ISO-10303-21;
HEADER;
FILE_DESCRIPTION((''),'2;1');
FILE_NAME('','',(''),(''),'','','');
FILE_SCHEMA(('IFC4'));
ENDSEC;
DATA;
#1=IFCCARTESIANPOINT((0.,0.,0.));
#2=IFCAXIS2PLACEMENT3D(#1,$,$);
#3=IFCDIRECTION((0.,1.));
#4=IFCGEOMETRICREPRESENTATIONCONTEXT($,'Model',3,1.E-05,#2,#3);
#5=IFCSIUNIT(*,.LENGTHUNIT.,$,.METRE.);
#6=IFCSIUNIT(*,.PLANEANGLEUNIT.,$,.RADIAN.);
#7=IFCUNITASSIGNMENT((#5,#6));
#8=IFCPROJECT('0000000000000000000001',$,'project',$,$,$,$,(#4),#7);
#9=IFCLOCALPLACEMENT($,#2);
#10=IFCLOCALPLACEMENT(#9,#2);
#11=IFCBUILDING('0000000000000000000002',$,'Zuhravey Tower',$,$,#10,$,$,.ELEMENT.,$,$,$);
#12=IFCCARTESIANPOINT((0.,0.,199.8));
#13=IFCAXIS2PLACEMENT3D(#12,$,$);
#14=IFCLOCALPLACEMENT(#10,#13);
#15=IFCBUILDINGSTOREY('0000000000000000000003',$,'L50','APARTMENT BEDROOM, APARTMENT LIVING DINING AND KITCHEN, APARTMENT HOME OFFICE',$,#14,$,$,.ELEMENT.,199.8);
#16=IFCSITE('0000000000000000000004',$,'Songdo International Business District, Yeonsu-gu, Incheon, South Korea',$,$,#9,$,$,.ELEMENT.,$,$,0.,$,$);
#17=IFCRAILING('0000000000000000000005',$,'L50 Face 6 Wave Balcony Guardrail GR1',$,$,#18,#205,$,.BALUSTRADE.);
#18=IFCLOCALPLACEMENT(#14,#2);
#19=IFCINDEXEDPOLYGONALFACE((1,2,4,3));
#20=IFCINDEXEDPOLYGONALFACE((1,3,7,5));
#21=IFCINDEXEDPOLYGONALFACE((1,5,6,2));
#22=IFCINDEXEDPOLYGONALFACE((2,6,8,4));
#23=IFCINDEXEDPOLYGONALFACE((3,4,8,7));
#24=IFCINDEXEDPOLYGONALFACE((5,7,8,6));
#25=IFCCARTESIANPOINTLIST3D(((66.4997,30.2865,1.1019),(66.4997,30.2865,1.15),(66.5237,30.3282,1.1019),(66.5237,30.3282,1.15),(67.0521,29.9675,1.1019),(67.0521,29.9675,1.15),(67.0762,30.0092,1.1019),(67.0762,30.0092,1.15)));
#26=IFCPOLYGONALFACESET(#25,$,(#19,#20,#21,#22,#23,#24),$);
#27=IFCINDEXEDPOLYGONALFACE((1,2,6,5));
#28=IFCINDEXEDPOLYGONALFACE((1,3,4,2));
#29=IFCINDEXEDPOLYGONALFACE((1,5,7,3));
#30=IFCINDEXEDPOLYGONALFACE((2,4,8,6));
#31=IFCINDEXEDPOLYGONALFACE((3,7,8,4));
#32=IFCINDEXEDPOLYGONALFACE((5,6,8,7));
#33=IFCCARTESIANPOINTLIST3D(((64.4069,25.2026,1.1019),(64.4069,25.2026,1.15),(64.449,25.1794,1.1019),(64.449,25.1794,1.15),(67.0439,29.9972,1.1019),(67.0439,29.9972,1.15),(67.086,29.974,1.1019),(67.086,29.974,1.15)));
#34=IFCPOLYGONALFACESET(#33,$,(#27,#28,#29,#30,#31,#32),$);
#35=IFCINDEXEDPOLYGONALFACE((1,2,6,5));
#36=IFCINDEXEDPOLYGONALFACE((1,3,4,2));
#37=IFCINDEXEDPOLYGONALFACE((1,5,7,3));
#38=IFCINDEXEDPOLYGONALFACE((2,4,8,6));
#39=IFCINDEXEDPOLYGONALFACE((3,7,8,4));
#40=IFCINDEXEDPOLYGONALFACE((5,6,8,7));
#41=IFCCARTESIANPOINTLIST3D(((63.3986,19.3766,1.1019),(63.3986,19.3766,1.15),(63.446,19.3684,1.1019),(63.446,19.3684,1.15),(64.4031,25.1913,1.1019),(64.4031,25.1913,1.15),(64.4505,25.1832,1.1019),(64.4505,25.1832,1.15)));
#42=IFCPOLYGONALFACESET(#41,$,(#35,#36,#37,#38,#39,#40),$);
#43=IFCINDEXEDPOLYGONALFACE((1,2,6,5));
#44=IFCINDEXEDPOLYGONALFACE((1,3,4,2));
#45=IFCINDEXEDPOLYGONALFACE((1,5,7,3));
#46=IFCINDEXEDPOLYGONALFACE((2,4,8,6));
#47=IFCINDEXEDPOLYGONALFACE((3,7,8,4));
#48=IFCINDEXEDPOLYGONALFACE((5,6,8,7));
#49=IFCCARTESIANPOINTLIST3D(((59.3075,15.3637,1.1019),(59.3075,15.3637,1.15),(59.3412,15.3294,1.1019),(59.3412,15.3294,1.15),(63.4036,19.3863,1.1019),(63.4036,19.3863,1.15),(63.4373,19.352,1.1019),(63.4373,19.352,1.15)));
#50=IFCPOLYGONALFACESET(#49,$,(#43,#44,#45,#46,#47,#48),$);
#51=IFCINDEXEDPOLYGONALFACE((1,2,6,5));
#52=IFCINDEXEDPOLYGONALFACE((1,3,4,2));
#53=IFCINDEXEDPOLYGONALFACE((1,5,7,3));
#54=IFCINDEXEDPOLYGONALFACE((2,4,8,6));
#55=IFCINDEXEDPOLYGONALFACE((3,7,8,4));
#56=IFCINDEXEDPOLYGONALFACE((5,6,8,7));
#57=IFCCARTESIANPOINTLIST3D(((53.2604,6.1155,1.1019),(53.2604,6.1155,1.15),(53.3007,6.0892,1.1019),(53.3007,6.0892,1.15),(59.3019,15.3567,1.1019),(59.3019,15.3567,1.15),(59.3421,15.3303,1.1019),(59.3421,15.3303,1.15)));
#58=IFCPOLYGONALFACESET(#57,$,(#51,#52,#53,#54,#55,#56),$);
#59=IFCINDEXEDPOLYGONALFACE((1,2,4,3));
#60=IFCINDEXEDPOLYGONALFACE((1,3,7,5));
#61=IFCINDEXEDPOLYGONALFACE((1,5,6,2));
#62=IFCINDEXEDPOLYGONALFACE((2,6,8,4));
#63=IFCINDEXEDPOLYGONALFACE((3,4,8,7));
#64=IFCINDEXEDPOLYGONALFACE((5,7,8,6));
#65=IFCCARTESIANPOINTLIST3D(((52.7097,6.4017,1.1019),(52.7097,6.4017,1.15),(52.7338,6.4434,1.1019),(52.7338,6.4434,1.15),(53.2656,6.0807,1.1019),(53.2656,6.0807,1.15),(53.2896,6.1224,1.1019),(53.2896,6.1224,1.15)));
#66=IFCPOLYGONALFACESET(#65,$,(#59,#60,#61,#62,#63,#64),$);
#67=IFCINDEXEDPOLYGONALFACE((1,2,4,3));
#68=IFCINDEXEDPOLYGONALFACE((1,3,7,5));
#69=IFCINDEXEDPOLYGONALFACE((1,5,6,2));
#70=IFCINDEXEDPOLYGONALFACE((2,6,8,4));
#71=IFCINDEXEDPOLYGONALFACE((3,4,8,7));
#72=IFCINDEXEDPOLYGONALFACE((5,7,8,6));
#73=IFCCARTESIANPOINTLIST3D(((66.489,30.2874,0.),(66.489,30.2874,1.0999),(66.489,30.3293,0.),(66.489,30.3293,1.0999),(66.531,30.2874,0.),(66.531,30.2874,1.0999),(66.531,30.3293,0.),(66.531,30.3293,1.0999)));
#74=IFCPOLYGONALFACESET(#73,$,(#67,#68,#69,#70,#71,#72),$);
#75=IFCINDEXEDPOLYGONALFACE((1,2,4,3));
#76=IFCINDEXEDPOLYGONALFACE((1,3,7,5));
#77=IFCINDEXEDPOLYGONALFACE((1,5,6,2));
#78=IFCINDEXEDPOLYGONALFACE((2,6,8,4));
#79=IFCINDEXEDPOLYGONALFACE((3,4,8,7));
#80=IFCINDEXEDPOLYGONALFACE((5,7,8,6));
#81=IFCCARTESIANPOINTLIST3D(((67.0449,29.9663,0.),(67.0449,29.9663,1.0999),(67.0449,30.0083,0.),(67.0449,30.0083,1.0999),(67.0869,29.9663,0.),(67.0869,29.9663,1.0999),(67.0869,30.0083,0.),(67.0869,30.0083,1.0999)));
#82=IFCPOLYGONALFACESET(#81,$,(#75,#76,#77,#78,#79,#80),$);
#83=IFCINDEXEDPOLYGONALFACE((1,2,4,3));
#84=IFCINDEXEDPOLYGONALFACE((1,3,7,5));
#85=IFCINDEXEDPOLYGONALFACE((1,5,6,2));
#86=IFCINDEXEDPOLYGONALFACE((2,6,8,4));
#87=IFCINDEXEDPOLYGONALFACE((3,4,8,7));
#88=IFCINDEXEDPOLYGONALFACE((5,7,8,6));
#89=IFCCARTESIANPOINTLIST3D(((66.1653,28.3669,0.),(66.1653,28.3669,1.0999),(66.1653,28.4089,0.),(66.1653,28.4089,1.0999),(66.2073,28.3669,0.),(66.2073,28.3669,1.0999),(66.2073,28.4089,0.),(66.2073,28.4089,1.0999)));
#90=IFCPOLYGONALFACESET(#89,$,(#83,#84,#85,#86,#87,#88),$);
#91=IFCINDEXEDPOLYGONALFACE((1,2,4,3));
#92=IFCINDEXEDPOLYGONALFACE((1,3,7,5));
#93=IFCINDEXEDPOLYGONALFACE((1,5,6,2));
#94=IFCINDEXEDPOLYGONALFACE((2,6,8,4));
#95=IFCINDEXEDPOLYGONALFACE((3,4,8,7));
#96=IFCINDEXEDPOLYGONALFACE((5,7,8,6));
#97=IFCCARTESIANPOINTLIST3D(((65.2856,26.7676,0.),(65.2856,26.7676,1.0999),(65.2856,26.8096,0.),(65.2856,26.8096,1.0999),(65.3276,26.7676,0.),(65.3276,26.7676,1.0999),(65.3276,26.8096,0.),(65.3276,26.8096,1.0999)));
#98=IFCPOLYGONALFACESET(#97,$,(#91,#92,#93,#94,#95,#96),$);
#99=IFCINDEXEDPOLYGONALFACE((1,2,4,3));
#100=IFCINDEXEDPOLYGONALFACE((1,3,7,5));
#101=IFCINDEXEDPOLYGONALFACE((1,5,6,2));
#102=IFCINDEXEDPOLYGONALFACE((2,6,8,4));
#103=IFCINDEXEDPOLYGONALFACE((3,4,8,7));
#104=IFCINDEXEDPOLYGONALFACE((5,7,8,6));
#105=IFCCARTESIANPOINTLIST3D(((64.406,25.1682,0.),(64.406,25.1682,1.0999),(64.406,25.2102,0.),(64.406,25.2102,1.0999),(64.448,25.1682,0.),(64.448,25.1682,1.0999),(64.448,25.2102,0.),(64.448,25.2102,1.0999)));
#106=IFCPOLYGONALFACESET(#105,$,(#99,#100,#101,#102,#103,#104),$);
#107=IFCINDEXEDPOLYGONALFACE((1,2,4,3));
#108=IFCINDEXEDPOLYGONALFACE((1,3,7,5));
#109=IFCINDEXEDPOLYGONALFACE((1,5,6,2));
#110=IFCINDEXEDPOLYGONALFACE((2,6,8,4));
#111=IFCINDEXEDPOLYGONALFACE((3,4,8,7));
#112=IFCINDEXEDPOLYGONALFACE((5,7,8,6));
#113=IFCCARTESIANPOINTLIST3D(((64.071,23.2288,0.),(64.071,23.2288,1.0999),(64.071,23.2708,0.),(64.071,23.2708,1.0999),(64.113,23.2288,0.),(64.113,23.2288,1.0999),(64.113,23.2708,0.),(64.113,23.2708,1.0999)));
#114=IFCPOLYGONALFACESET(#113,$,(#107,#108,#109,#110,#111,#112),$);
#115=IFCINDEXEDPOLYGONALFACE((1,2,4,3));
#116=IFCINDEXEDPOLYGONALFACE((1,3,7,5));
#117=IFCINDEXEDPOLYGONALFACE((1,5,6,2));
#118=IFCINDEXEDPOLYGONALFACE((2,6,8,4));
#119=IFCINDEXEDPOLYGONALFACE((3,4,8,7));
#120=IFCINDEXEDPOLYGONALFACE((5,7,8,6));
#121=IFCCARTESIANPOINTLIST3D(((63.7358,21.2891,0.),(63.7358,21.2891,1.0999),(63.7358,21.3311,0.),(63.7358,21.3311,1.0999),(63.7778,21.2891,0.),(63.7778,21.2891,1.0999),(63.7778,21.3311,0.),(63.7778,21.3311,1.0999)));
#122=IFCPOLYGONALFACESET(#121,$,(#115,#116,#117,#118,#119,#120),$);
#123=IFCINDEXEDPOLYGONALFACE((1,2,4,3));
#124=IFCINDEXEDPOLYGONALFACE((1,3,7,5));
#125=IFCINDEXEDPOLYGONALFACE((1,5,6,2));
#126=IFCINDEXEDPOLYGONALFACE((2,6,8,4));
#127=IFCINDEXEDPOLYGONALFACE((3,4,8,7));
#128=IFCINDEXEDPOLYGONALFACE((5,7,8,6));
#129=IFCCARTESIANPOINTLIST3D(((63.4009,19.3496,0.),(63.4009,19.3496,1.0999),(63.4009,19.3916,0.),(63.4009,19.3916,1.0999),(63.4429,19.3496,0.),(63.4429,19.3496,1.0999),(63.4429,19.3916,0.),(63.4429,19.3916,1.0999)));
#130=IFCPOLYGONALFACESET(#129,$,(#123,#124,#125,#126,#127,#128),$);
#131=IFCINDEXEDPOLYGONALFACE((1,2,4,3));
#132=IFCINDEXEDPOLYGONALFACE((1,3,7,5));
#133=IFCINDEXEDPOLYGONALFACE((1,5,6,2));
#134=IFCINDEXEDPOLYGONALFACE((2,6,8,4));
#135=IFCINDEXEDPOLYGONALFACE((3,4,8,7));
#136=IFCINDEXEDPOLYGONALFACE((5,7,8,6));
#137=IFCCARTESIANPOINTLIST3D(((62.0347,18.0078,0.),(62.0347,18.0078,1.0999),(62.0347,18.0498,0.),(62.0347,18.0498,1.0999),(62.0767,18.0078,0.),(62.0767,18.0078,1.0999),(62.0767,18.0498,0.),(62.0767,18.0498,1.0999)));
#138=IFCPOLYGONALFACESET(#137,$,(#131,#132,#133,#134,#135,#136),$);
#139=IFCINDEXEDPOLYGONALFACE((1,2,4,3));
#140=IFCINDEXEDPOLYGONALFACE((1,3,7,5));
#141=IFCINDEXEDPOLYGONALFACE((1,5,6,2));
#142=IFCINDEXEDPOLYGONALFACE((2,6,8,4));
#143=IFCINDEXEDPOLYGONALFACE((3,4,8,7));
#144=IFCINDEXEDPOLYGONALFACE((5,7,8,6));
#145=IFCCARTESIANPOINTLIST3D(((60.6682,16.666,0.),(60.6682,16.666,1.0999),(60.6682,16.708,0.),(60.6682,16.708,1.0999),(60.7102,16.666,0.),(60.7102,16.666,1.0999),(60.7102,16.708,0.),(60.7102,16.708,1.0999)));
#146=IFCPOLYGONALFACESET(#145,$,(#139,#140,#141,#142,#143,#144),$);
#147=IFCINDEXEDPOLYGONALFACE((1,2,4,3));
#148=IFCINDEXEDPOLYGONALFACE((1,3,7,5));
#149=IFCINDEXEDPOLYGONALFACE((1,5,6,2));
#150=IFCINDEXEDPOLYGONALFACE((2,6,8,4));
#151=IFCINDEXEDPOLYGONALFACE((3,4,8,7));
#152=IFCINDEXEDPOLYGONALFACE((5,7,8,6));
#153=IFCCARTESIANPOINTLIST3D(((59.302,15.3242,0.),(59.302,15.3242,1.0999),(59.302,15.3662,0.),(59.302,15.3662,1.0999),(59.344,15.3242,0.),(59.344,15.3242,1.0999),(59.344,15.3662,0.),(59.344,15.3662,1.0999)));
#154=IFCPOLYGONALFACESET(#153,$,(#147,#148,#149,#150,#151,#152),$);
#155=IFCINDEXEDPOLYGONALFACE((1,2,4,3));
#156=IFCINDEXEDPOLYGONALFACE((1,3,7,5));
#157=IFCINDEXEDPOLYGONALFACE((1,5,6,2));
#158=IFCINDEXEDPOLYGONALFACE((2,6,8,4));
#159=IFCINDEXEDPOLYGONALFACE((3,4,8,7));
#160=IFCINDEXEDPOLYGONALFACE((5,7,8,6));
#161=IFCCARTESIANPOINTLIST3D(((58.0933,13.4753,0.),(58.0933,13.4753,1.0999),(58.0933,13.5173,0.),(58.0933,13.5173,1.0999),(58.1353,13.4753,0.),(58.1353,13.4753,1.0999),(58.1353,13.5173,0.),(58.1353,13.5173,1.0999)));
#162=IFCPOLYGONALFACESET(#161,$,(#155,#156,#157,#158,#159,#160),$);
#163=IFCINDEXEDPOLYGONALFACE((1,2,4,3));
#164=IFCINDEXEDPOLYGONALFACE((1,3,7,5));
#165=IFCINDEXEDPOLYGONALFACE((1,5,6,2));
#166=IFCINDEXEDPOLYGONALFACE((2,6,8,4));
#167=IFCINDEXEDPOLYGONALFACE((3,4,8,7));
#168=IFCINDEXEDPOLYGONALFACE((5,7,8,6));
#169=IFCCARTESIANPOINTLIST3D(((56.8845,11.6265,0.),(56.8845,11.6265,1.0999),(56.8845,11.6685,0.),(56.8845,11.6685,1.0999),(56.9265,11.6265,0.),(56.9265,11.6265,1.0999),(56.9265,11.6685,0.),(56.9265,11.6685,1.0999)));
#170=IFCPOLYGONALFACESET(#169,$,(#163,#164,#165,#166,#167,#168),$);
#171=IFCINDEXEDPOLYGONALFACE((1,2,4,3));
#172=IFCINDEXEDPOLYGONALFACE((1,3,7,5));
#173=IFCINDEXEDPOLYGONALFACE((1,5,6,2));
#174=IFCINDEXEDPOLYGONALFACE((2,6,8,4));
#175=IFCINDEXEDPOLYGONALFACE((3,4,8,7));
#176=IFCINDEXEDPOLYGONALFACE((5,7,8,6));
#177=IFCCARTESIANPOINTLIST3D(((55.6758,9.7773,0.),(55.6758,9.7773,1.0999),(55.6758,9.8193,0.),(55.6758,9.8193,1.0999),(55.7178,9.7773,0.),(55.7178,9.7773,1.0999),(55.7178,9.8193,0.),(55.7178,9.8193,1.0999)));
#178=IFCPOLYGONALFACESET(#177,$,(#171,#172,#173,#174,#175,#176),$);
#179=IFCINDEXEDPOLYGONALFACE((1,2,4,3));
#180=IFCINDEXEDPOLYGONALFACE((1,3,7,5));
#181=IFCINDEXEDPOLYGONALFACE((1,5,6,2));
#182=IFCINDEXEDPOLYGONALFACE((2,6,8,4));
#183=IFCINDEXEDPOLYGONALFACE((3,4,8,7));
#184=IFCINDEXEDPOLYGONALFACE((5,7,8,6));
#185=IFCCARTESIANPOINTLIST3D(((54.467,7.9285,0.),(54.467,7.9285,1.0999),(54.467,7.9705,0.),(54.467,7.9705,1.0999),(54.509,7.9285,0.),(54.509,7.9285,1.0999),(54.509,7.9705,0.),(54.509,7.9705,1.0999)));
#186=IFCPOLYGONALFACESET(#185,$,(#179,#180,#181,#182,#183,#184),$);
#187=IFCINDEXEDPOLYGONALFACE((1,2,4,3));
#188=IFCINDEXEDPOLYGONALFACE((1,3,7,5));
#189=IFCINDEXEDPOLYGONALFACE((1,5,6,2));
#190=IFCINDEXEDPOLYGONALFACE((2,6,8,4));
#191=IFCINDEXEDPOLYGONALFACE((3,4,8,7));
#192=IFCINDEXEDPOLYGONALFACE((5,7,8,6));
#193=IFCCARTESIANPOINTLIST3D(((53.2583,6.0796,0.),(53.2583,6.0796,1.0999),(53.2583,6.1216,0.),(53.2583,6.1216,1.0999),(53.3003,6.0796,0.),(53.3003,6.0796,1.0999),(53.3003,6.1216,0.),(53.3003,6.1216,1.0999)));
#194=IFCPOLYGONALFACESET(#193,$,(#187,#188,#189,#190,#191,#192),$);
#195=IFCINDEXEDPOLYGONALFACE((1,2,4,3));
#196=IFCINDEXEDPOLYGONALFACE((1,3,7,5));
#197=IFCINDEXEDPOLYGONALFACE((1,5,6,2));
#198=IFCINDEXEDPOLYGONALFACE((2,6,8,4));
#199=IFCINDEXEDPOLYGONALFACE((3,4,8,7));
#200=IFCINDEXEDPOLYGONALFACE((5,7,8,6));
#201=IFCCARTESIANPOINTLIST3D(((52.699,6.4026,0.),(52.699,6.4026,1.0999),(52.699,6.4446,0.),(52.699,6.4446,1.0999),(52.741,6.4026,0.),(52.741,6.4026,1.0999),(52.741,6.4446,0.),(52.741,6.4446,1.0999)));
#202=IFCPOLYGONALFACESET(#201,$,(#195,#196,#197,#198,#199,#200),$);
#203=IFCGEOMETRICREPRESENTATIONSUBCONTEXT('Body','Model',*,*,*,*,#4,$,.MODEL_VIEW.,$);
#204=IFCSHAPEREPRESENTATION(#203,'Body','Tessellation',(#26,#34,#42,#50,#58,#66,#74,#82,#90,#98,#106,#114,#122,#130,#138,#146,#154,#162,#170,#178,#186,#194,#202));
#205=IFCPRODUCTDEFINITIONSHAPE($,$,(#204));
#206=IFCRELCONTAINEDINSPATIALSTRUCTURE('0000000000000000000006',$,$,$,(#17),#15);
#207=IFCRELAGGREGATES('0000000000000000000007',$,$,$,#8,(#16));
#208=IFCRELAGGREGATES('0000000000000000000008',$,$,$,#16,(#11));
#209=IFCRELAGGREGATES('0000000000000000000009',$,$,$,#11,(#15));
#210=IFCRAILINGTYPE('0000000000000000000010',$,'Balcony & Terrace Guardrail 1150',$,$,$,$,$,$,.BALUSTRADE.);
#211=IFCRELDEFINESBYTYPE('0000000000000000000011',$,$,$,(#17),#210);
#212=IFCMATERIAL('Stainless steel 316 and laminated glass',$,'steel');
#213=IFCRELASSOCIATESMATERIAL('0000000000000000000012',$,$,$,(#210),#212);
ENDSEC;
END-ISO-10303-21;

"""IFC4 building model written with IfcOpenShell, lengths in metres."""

from ifc_helpers import new_model, si_unit, direction, frame, origin, origin_2d, place, context, subcontext, project, spatial, rectangle, extrude, material, type_object, element, save


model = new_model("IFC4")

# Units and contexts
model_context = context("Model", 3, precision=1e-05, world=origin(), true_north=direction((0.0, 1.0)))
body_context = subcontext(model_context, "Body", "Model", "MODEL_VIEW")
ifc_project = project(units=[si_unit("LENGTHUNIT", "METRE"), si_unit("PLANEANGLEUNIT", "RADIAN")], contexts=[model_context])

# Site, building, storey
site_placement = place(None, origin())
site = spatial("IfcSite", under=ifc_project, at=site_placement, Name="Songdo International Business District, Yeonsu-gu, Incheon, South Korea", CompositionType="ELEMENT", RefElevation=0.0)
building_placement = place(site_placement, origin())
building = spatial("IfcBuilding", under=site, at=building_placement, Name="Zuhravey Tower", CompositionType="ELEMENT")
storey_placement = place(building_placement, frame((0.0, 0.0, 199.8)))
storey = spatial("IfcBuildingStorey", under=building, at=storey_placement, Name="L50", Description="APARTMENT BEDROOM, APARTMENT LIVING DINING AND KITCHEN, APARTMENT HOME OFFICE", CompositionType="ELEMENT", Elevation=199.8)

# Railing
ifc_material_1 = material(Name="Stainless steel 316 and laminated glass", Category="steel")
railing_type = type_object("IfcRailingType", Name="Balcony & Terrace Guardrail 1150", PredefinedType="BALUSTRADE", material=ifc_material_1)
railing_placement = place(storey_placement, frame((66.51, 30.3083, 0.0)))
element("IfcRailing", 1, at=railing_placement, inside=storey, type_object=railing_type, Name="L50 Face 6 Wave Balcony Guardrail GR1", PredefinedType="BALUSTRADE", context=body_context, shape_type="SweptSolid", body=[
    extrude(rectangle(XDim=0.0481, YDim=0.0481, at=origin_2d()), frame((0.0017, -0.001, 1.126), z_axis=(0.865964, -0.500107, 0.0), x_axis=(0.500107, 0.865964, 0.0)), (0.0, 0.0, 1.0), 0.6379),
    extrude(rectangle(XDim=0.0481, YDim=0.0481, at=origin_2d()), frame((0.5549, -0.3228, 1.126), z_axis=(-0.481914, -0.876219, 0.0), x_axis=(0.876219, -0.481914, 0.0)), (0.0, 0.0, 1.0), 5.4719),
    extrude(rectangle(XDim=0.0481, YDim=0.0481, at=origin_2d()), frame((-2.0833, -5.1211, 1.126), z_axis=(-0.170223, -0.985406, 0.0), x_axis=(0.985406, -0.170223, 0.0)), (0.0, 0.0, 1.0), 5.9009),
    extrude(rectangle(XDim=0.0481, YDim=0.0481, at=origin_2d()), frame((-3.0896, -10.9392, 1.126), z_axis=(-0.713474, -0.700682, 0.0), x_axis=(0.700682, -0.713474, 0.0)), (0.0, 0.0, 1.0), 5.741),
    extrude(rectangle(XDim=0.0481, YDim=0.0481, at=origin_2d()), frame((-7.188, -14.9648, 1.126), z_axis=(-0.547195, -0.837005, 0.0), x_axis=(0.837005, -0.547195, 0.0)), (0.0, 0.0, 1.0), 11.0408),
    extrude(rectangle(XDim=0.0481, YDim=0.0481, at=origin_2d()), frame((-13.2324, -24.2068, 1.126), z_axis=(-0.865978, 0.500082, 0.0), x_axis=(-0.500082, -0.865978, 0.0)), (0.0, 0.0, 1.0), 0.6418),
    extrude(rectangle(XDim=0.042, YDim=0.042, at=origin_2d()), origin(), (0.0, 0.0, 1.0), 1.0999),
    extrude(rectangle(XDim=0.042, YDim=0.042, at=origin_2d()), frame((0.5559, -0.321, 0.0)), (0.0, 0.0, 1.0), 1.0999),
    extrude(rectangle(XDim=0.042, YDim=0.042, at=origin_2d()), frame((-0.3237, -1.9204, 0.0)), (0.0, 0.0, 1.0), 1.0999),
    extrude(rectangle(XDim=0.042, YDim=0.042, at=origin_2d()), frame((-1.2034, -3.5198, 0.0)), (0.0, 0.0, 1.0), 1.0999),
    extrude(rectangle(XDim=0.042, YDim=0.042, at=origin_2d()), frame((-2.083, -5.1191, 0.0)), (0.0, 0.0, 1.0), 1.0999),
    extrude(rectangle(XDim=0.042, YDim=0.042, at=origin_2d()), frame((-2.418, -7.0586, 0.0)), (0.0, 0.0, 1.0), 1.0999),
    extrude(rectangle(XDim=0.042, YDim=0.042, at=origin_2d()), frame((-2.7532, -8.9983, 0.0)), (0.0, 0.0, 1.0), 1.0999),
    extrude(rectangle(XDim=0.042, YDim=0.042, at=origin_2d()), frame((-3.0881, -10.9377, 0.0)), (0.0, 0.0, 1.0), 1.0999),
    extrude(rectangle(XDim=0.042, YDim=0.042, at=origin_2d()), frame((-4.4543, -12.2795, 0.0)), (0.0, 0.0, 1.0), 1.0999),
    extrude(rectangle(XDim=0.042, YDim=0.042, at=origin_2d()), frame((-5.8208, -13.6213, 0.0)), (0.0, 0.0, 1.0), 1.0999),
    extrude(rectangle(XDim=0.042, YDim=0.042, at=origin_2d()), frame((-7.187, -14.9631, 0.0)), (0.0, 0.0, 1.0), 1.0999),
    extrude(rectangle(XDim=0.042, YDim=0.042, at=origin_2d()), frame((-8.3958, -16.812, 0.0)), (0.0, 0.0, 1.0), 1.0999),
    extrude(rectangle(XDim=0.042, YDim=0.042, at=origin_2d()), frame((-9.6045, -18.6609, 0.0)), (0.0, 0.0, 1.0), 1.0999),
    extrude(rectangle(XDim=0.042, YDim=0.042, at=origin_2d()), frame((-10.8132, -20.51, 0.0)), (0.0, 0.0, 1.0), 1.0999),
    extrude(rectangle(XDim=0.042, YDim=0.042, at=origin_2d()), frame((-12.022, -22.3589, 0.0)), (0.0, 0.0, 1.0), 1.0999),
    extrude(rectangle(XDim=0.042, YDim=0.042, at=origin_2d()), frame((-13.2307, -24.2078, 0.0)), (0.0, 0.0, 1.0), 1.0999),
    extrude(rectangle(XDim=0.042, YDim=0.042, at=origin_2d()), frame((-13.79, -23.8848, 0.0)), (0.0, 0.0, 1.0), 1.0999),
])

save(model, "model.ifc")
